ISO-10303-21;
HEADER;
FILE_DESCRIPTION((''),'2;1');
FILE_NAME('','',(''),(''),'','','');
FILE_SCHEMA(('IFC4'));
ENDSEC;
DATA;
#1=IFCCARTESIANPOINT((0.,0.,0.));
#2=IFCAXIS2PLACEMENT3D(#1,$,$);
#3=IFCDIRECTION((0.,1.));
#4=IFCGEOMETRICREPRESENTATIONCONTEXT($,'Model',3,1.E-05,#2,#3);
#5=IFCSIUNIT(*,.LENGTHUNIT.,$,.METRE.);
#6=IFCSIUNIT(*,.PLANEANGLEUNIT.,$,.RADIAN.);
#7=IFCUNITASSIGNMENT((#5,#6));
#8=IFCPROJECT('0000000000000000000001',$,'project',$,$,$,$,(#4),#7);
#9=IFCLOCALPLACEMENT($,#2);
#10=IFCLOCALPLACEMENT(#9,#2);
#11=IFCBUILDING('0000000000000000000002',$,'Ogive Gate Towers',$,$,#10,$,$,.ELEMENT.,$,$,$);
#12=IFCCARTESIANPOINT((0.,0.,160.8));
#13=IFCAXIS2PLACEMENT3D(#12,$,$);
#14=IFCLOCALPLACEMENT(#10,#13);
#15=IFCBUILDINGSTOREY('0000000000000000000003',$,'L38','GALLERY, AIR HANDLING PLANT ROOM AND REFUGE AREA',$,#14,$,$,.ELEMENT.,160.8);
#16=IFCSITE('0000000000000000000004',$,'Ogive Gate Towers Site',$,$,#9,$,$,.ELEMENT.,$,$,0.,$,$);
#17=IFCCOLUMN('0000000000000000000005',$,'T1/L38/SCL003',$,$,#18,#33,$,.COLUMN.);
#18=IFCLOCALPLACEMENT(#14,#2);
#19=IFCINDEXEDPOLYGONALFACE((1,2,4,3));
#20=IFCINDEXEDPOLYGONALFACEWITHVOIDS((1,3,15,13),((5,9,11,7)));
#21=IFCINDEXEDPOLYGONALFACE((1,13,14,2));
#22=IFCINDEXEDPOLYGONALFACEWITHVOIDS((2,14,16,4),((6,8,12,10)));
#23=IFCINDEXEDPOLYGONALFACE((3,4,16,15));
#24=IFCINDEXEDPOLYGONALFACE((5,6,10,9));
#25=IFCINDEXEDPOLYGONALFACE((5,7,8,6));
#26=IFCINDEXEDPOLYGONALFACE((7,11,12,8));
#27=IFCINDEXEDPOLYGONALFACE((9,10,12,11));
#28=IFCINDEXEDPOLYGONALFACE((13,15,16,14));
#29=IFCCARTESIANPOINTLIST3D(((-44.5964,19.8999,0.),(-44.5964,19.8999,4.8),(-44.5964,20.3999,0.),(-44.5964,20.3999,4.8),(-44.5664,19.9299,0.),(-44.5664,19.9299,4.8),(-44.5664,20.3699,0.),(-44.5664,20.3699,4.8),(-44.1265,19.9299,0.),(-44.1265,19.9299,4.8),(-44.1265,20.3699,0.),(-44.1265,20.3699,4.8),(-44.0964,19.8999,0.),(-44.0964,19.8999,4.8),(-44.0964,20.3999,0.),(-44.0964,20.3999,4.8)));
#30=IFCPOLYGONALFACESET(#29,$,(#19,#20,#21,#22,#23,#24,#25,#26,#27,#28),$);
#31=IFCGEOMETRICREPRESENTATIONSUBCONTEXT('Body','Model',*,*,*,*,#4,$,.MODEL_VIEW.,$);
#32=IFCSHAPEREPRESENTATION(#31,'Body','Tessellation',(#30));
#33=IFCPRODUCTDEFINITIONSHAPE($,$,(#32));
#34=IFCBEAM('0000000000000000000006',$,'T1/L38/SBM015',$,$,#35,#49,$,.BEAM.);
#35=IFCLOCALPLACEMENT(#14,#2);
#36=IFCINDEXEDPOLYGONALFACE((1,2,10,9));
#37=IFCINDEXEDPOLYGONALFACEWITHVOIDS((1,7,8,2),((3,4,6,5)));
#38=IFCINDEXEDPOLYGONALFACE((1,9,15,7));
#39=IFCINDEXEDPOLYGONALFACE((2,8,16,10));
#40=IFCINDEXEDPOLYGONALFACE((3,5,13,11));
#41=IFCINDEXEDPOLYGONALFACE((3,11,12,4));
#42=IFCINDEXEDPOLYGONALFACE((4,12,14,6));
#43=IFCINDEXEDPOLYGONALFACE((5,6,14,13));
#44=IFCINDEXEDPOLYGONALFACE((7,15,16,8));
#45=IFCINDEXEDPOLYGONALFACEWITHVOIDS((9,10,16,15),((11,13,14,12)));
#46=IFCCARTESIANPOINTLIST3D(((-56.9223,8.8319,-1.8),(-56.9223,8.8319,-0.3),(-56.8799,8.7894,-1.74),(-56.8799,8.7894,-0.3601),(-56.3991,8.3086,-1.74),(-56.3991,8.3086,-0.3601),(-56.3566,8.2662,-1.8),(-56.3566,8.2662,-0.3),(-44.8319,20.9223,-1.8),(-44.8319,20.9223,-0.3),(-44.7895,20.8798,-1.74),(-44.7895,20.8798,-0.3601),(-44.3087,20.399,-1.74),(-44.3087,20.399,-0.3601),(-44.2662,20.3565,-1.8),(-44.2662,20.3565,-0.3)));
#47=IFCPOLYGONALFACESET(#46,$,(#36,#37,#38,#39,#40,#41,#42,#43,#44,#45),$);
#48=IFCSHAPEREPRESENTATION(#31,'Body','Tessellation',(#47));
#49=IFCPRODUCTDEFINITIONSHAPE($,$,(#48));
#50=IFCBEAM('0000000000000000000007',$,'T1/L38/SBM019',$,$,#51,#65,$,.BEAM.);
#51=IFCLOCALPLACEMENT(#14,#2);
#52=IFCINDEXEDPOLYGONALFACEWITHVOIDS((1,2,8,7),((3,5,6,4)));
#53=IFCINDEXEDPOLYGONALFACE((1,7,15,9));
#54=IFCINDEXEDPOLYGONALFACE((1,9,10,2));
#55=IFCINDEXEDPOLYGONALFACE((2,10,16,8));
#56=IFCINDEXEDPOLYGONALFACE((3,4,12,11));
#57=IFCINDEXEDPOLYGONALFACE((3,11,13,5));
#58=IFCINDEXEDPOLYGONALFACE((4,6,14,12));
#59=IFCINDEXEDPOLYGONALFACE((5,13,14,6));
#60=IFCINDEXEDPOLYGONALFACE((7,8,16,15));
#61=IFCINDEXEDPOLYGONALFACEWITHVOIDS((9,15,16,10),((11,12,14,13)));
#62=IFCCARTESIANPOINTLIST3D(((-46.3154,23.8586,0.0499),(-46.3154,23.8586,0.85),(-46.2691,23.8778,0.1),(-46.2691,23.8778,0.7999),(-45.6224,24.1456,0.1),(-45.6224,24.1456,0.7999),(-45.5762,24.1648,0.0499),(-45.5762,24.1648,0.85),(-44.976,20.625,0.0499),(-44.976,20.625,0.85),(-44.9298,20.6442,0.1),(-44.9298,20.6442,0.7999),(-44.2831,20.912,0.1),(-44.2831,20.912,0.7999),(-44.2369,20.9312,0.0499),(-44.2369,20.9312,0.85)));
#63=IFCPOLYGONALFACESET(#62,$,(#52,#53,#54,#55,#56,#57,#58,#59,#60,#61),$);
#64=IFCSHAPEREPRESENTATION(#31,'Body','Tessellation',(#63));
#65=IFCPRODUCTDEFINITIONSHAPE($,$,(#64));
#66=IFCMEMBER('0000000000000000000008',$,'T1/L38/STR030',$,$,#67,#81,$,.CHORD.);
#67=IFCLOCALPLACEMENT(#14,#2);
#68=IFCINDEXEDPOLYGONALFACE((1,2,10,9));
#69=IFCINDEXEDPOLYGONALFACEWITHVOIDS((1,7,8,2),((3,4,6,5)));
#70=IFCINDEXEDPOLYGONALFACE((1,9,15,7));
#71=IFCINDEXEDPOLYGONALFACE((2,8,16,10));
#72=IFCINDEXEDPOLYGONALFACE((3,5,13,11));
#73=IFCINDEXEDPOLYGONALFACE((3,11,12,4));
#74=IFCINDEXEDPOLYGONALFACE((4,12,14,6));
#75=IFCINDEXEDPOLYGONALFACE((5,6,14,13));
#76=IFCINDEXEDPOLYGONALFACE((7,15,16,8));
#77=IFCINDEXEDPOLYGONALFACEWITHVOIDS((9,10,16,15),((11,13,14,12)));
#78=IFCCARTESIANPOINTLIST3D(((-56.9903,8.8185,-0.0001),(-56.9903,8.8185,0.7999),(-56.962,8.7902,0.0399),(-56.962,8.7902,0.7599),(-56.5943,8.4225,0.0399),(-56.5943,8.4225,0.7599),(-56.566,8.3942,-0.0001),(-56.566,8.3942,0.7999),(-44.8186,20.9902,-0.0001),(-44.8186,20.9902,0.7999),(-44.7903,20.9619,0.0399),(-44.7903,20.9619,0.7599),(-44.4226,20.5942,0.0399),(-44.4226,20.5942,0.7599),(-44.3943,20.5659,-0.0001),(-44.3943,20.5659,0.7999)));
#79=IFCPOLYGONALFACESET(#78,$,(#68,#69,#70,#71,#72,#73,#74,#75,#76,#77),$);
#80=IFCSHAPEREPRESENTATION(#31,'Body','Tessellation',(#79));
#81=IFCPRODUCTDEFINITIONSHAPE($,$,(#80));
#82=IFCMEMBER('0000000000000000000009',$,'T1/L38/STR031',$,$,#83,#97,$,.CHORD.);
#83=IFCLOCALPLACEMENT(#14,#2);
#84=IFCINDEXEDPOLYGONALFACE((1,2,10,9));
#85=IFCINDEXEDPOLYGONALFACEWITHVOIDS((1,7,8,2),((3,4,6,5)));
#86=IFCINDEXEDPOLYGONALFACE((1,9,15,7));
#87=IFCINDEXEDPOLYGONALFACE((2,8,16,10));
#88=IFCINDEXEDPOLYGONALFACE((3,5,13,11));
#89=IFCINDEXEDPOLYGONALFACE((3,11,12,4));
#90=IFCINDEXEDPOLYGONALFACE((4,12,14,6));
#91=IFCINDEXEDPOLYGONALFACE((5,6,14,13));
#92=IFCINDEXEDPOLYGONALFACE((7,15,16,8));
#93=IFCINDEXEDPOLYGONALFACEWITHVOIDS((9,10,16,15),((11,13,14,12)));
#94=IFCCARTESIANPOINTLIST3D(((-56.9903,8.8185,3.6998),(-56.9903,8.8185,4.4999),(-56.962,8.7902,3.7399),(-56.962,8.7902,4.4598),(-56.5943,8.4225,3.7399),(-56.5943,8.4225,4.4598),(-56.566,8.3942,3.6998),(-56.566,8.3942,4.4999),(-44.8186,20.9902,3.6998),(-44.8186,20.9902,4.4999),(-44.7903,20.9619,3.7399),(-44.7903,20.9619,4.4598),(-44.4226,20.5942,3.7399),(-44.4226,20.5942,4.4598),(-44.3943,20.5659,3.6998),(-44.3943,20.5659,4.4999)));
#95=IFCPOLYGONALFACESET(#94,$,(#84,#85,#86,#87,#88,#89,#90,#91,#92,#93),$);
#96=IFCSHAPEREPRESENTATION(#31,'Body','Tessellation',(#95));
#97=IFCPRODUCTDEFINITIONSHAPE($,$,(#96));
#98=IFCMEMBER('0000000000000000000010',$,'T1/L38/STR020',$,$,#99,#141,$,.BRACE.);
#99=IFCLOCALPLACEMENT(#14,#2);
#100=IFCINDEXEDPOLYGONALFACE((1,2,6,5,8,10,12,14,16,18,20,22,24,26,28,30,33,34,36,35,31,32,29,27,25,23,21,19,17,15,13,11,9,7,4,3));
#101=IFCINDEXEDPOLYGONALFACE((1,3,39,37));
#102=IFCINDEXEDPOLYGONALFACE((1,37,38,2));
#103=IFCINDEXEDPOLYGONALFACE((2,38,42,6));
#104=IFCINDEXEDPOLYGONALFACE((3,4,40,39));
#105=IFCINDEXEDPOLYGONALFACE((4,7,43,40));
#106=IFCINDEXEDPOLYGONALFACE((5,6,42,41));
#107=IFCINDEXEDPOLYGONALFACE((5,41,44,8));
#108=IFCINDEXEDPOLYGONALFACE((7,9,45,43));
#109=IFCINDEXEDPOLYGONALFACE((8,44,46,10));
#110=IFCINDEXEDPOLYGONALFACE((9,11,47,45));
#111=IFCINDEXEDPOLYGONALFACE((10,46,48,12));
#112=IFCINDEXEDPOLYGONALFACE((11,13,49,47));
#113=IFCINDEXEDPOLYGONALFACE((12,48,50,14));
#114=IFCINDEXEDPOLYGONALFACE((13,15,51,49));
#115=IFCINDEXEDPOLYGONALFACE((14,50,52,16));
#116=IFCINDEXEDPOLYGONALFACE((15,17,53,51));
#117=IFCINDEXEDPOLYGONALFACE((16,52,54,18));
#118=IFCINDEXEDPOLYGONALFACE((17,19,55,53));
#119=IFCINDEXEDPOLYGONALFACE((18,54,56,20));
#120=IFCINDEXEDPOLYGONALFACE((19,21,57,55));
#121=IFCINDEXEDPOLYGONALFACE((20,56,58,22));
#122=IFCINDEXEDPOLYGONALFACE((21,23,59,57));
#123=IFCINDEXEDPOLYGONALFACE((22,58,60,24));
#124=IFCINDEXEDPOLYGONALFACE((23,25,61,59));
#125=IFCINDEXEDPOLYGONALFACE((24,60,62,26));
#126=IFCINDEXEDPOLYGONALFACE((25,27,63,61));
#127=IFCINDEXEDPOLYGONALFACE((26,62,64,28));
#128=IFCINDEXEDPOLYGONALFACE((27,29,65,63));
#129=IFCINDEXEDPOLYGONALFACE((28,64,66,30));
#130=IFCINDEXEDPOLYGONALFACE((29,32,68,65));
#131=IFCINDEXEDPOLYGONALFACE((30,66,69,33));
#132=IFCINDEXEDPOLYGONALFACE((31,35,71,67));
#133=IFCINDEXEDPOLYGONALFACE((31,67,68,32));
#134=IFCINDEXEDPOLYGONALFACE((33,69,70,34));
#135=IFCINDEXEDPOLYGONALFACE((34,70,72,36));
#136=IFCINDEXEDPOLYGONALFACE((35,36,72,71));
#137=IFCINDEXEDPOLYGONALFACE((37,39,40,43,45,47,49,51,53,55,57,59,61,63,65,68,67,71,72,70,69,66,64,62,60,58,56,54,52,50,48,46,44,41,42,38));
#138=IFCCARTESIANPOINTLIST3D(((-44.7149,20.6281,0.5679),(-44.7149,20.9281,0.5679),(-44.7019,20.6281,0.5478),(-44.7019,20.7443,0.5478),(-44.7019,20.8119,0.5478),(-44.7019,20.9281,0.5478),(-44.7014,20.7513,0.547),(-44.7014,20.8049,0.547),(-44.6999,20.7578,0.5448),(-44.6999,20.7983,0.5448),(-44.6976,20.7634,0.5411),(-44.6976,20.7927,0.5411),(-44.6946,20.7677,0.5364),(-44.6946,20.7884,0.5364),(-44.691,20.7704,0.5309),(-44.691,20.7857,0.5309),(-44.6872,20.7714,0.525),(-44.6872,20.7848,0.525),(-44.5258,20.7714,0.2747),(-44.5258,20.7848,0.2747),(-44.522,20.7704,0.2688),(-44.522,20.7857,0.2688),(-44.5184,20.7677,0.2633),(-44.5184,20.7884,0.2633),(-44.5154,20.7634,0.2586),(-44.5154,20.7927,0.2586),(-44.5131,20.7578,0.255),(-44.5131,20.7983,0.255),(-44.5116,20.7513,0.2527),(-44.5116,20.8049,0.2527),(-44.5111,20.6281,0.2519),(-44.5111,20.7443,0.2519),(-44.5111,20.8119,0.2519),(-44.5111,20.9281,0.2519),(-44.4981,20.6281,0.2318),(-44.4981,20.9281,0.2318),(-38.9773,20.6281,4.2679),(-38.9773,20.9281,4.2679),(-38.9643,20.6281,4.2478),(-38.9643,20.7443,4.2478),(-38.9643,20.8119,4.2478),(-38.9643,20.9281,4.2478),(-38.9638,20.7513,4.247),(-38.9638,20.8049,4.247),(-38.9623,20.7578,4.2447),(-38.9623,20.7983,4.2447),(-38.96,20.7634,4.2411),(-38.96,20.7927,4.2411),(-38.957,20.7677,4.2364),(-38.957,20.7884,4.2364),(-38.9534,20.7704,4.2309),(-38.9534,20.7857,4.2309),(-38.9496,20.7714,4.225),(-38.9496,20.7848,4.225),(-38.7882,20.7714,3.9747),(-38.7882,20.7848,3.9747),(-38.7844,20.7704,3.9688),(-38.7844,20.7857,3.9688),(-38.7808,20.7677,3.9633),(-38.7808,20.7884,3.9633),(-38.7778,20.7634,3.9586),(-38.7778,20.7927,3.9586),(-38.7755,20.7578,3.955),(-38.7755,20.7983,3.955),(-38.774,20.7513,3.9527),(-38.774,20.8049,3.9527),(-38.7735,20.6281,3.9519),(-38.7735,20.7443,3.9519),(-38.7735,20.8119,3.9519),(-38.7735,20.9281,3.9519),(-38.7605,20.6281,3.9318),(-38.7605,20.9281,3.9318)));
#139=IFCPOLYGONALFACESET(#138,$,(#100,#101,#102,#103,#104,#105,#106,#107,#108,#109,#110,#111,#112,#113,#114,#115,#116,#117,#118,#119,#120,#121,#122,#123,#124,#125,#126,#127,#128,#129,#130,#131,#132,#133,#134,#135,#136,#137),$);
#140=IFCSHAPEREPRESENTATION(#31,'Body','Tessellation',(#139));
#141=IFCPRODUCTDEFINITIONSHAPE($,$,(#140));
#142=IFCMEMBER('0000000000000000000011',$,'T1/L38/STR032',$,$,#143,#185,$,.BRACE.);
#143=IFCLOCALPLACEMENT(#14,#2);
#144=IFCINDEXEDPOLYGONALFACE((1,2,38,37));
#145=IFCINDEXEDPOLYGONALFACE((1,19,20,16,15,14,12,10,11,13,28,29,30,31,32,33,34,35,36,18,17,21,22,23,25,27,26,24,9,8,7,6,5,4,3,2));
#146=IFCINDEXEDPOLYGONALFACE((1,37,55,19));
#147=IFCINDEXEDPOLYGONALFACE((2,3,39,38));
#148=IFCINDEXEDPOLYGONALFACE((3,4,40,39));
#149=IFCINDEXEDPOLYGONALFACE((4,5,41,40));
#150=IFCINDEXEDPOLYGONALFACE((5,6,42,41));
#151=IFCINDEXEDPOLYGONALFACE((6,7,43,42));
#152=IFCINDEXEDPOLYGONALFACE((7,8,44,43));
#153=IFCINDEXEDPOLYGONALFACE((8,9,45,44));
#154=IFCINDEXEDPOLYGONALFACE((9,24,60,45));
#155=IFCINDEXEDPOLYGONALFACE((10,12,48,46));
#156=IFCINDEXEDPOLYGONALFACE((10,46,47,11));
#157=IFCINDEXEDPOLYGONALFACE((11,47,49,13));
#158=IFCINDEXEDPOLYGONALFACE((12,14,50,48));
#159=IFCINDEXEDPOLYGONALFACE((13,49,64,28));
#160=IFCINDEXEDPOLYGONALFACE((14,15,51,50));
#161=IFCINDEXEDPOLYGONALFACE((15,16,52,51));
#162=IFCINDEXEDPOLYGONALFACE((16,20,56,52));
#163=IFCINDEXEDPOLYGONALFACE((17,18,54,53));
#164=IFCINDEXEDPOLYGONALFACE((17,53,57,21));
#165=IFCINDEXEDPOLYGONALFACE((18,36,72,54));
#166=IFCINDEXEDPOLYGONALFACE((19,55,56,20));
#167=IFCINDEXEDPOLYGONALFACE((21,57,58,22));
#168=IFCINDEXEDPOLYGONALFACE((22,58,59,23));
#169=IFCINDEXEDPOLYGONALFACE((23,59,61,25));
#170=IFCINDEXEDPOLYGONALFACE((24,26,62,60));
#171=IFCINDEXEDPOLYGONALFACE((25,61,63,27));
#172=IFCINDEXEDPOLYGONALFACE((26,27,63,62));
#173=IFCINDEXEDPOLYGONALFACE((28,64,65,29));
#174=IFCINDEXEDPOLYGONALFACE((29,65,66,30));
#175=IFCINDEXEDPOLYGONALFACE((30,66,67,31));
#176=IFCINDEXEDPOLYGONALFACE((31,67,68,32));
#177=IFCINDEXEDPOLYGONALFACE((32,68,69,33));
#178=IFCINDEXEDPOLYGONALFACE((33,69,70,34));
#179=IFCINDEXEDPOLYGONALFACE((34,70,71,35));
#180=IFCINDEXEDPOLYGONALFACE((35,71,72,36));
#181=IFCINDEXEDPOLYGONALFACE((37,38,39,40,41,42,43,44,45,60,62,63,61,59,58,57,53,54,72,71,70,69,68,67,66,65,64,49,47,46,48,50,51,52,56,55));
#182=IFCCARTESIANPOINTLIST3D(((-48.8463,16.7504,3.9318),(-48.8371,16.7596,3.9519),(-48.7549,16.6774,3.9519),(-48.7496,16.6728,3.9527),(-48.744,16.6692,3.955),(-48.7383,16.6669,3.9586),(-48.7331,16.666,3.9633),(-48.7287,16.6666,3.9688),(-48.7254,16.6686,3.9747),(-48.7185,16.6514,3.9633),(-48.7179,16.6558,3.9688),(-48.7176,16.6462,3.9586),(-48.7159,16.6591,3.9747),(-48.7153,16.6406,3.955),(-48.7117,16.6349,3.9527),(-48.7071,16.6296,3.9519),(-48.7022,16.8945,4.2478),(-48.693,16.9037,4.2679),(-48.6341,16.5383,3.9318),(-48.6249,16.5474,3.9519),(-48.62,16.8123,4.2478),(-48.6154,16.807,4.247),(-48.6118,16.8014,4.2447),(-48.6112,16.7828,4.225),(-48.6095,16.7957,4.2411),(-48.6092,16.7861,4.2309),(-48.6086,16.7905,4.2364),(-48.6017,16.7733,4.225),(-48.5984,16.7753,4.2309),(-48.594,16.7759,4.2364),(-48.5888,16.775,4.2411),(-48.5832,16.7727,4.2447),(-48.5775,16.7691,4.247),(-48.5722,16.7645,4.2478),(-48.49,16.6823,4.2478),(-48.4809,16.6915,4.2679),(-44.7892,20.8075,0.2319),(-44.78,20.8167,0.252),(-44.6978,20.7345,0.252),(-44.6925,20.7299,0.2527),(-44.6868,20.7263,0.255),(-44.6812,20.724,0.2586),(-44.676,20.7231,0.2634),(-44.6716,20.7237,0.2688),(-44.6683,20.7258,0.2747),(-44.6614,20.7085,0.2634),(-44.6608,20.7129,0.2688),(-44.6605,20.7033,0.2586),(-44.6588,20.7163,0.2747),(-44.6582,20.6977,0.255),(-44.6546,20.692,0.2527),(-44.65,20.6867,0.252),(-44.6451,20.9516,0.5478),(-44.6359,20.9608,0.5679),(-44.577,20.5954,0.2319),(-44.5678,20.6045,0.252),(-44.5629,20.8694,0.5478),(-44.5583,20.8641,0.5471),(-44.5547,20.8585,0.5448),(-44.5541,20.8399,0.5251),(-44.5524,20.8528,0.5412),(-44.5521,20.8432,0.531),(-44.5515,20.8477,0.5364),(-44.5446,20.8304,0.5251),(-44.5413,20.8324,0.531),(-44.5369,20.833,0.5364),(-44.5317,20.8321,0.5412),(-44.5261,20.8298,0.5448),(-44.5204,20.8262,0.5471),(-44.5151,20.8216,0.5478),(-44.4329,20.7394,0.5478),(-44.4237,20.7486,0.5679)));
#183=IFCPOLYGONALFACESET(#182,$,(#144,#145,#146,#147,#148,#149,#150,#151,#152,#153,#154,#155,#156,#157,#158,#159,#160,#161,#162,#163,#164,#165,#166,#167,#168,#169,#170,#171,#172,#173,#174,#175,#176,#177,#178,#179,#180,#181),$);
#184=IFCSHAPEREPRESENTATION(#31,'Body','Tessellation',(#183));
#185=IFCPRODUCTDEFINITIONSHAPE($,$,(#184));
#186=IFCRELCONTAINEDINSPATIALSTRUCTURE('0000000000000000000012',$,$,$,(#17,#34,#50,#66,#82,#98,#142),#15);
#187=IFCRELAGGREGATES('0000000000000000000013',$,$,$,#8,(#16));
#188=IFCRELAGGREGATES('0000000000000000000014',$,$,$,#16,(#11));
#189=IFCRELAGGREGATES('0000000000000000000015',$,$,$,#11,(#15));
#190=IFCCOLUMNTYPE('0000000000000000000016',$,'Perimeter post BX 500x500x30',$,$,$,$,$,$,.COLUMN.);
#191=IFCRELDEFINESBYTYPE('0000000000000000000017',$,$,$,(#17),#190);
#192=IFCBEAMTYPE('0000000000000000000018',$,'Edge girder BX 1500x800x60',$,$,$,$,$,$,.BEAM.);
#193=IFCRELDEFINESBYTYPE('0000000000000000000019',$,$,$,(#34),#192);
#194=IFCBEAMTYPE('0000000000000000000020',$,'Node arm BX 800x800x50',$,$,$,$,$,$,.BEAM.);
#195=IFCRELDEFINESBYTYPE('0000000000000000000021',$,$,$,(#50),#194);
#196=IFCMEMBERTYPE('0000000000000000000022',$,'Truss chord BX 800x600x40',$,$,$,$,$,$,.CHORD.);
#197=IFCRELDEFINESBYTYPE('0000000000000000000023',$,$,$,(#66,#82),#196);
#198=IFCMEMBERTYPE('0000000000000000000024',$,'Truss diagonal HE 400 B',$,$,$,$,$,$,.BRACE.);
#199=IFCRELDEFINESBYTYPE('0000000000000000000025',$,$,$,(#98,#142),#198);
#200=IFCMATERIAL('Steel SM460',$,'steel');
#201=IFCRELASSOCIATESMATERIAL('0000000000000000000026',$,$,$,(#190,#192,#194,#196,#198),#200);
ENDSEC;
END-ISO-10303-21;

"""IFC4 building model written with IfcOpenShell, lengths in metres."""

from ifc_helpers import new_model, si_unit, direction, frame, origin, origin_2d, place, context, subcontext, project, spatial, hollow_rectangle, i_section, extrude, material, material_profile, profile_set, type_object, element, save


model = new_model("IFC4")

# Units and contexts
model_context = context("Model", 3, precision=1e-05, world=origin(), true_north=direction((0.0, 1.0)))
body_context = subcontext(model_context, "Body", "Model", "MODEL_VIEW")
ifc_project = project(units=[si_unit("LENGTHUNIT", "METRE"), si_unit("PLANEANGLEUNIT", "RADIAN")], contexts=[model_context])

# Site, building, storey
site_placement = place(None, origin())
site = spatial("IfcSite", under=ifc_project, at=site_placement, Name="Ogive Gate Towers Site", CompositionType="ELEMENT", RefElevation=0.0)
building_placement = place(site_placement, origin())
building = spatial("IfcBuilding", under=site, at=building_placement, Name="Ogive Gate Towers", CompositionType="ELEMENT")
storey_placement = place(building_placement, frame((0.0, 0.0, 160.8)))
storey = spatial("IfcBuildingStorey", under=building, at=storey_placement, Name="L38", Description="GALLERY, AIR HANDLING PLANT ROOM AND REFUGE AREA", CompositionType="ELEMENT", Elevation=160.8)

# Column
ifc_material_1 = material(Name="Steel SM460", Category="steel")
ifc_material_profile_1 = material_profile(ifc_material_1, hollow_rectangle(XDim=0.5, YDim=0.5, WallThickness=0.03, at=origin_2d()), Name="BX 500x500x30")
ifc_profile_set_1 = profile_set([ifc_material_profile_1], Name="Steel SM460")
column_type = type_object("IfcColumnType", Name="Perimeter post BX 500x500x30", PredefinedType="COLUMN", material=ifc_profile_set_1)
column_placement = place(storey_placement, frame((-44.3464, 20.1499, 0.0), z_axis=(0.0, 0.0, 1.0), x_axis=(1.0, 0.0, 0.0)))
element("IfcColumn", 1, at=column_placement, inside=storey, type_object=column_type, Name="T1/L38/SCL003", PredefinedType="COLUMN", context=body_context, shape_type="SweptSolid", body=[
    extrude(hollow_rectangle(XDim=0.5, YDim=0.5, WallThickness=0.03, at=origin_2d()), origin(), (0.0, 0.0, 1.0), 4.8),
])

# Beams
ifc_material_profile_2 = material_profile(ifc_material_1, hollow_rectangle(XDim=0.8, YDim=1.5, WallThickness=0.0601, at=origin_2d()), Name="BX 1500x800x60")
ifc_profile_set_2 = profile_set([ifc_material_profile_2], Name="Steel SM460")
beam_type_1 = type_object("IfcBeamType", Name="Edge girder BX 1500x800x60", PredefinedType="BEAM", material=ifc_profile_set_2)
beam_1_placement = place(storey_placement, frame((-44.5491, 20.6394, -1.05), z_axis=(-0.707107, -0.707107, 0.0), x_axis=(0.707107, -0.707107, 0.0)))
element("IfcBeam", 2, at=beam_1_placement, inside=storey, type_object=beam_type_1, Name="T1/L38/SBM015", PredefinedType="BEAM", context=body_context, shape_type="SweptSolid", body=[
    extrude(hollow_rectangle(XDim=0.8, YDim=1.5, WallThickness=0.0601, at=origin_2d()), origin(), (0.0, 0.0, 1.0), 17.0984),
])
ifc_material_profile_3 = material_profile(ifc_material_1, hollow_rectangle(XDim=0.8, YDim=0.8, WallThickness=0.05, at=origin_2d()), Name="BX 800x800x50")
ifc_profile_set_3 = profile_set([ifc_material_profile_3], Name="Steel SM460")
beam_type_2 = type_object("IfcBeamType", Name="Node arm BX 800x800x50", PredefinedType="BEAM", material=ifc_profile_set_3)
beam_2_placement = place(storey_placement, frame((-44.6064, 20.7781, 0.45), z_axis=(-0.382668, 0.923886, 0.0), x_axis=(-0.923886, -0.382668, 0.0)))
element("IfcBeam", 3, at=beam_2_placement, inside=storey, type_object=beam_type_2, Name="T1/L38/SBM019", PredefinedType="BEAM", context=body_context, shape_type="SweptSolid", body=[
    extrude(hollow_rectangle(XDim=0.8, YDim=0.8, WallThickness=0.05, at=origin_2d()), origin(), (0.0, 0.0, 1.0), 3.5),
])

# Members
ifc_material_profile_4 = material_profile(ifc_material_1, hollow_rectangle(XDim=0.6001, YDim=0.8, WallThickness=0.04, at=origin_2d()), Name="BX 800x600x40")
ifc_profile_set_4 = profile_set([ifc_material_profile_4], Name="Steel SM460")
member_type_1 = type_object("IfcMemberType", Name="Truss chord BX 800x600x40", PredefinedType="CHORD", material=ifc_profile_set_4)
for number, where, z_axis, x_axis, name in (
    (4, (-44.6064, 20.7781, 0.3999), (-0.707107, -0.707107, 0.0), (0.707107, -0.707107, 0.0), "T1/L38/STR030"),
    (5, (-44.6064, 20.7781, 4.0999), (-0.707107, -0.707107, 0.0), (0.707107, -0.707107, 0.0), "T1/L38/STR031"),
):
    element("IfcMember", number, at=place(storey_placement, frame(where, z_axis=z_axis, x_axis=x_axis)), inside=storey, type_object=member_type_1, Name=name, PredefinedType="CHORD", context=body_context, shape_type="SweptSolid", body=[
        extrude(hollow_rectangle(XDim=0.6001, YDim=0.8, WallThickness=0.04, at=origin_2d()), origin(), (0.0, 0.0, 1.0), 17.2134),
    ])
ifc_material_profile_5 = material_profile(ifc_material_1, i_section(OverallWidth=0.3, OverallDepth=0.3999, WebThickness=0.0134, FlangeThickness=0.0239, FilletRadius=0.0271, at=origin_2d()), Name="HE 400 B")
ifc_profile_set_5 = profile_set([ifc_material_profile_5], Name="Steel SM460")
member_type_2 = type_object("IfcMemberType", Name="Truss diagonal HE 400 B", PredefinedType="BRACE", material=ifc_profile_set_5)
for number, where, z_axis, x_axis, name in (
    (6, (-38.8689, 20.7781, 4.0999), (-0.84041, 0.0, -0.541952), (0.0, -1.0, 0.0), "T1/L38/STR020"),
    (7, (-44.6064, 20.7781, 0.3999), (-0.594262, -0.594262, 0.541945), (0.707107, -0.707107, 0.0), "T1/L38/STR032"),
):
    element("IfcMember", number, at=place(storey_placement, frame(where, z_axis=z_axis, x_axis=x_axis)), inside=storey, type_object=member_type_2, Name=name, PredefinedType="BRACE", context=body_context, shape_type="SweptSolid", body=[
        extrude(i_section(OverallWidth=0.3, OverallDepth=0.3999, WebThickness=0.0134, FlangeThickness=0.0239, FilletRadius=0.0271, at=origin_2d()), origin(), (0.0, 0.0, 1.0), 6.8271),
    ])

save(model, "model.ifc")
